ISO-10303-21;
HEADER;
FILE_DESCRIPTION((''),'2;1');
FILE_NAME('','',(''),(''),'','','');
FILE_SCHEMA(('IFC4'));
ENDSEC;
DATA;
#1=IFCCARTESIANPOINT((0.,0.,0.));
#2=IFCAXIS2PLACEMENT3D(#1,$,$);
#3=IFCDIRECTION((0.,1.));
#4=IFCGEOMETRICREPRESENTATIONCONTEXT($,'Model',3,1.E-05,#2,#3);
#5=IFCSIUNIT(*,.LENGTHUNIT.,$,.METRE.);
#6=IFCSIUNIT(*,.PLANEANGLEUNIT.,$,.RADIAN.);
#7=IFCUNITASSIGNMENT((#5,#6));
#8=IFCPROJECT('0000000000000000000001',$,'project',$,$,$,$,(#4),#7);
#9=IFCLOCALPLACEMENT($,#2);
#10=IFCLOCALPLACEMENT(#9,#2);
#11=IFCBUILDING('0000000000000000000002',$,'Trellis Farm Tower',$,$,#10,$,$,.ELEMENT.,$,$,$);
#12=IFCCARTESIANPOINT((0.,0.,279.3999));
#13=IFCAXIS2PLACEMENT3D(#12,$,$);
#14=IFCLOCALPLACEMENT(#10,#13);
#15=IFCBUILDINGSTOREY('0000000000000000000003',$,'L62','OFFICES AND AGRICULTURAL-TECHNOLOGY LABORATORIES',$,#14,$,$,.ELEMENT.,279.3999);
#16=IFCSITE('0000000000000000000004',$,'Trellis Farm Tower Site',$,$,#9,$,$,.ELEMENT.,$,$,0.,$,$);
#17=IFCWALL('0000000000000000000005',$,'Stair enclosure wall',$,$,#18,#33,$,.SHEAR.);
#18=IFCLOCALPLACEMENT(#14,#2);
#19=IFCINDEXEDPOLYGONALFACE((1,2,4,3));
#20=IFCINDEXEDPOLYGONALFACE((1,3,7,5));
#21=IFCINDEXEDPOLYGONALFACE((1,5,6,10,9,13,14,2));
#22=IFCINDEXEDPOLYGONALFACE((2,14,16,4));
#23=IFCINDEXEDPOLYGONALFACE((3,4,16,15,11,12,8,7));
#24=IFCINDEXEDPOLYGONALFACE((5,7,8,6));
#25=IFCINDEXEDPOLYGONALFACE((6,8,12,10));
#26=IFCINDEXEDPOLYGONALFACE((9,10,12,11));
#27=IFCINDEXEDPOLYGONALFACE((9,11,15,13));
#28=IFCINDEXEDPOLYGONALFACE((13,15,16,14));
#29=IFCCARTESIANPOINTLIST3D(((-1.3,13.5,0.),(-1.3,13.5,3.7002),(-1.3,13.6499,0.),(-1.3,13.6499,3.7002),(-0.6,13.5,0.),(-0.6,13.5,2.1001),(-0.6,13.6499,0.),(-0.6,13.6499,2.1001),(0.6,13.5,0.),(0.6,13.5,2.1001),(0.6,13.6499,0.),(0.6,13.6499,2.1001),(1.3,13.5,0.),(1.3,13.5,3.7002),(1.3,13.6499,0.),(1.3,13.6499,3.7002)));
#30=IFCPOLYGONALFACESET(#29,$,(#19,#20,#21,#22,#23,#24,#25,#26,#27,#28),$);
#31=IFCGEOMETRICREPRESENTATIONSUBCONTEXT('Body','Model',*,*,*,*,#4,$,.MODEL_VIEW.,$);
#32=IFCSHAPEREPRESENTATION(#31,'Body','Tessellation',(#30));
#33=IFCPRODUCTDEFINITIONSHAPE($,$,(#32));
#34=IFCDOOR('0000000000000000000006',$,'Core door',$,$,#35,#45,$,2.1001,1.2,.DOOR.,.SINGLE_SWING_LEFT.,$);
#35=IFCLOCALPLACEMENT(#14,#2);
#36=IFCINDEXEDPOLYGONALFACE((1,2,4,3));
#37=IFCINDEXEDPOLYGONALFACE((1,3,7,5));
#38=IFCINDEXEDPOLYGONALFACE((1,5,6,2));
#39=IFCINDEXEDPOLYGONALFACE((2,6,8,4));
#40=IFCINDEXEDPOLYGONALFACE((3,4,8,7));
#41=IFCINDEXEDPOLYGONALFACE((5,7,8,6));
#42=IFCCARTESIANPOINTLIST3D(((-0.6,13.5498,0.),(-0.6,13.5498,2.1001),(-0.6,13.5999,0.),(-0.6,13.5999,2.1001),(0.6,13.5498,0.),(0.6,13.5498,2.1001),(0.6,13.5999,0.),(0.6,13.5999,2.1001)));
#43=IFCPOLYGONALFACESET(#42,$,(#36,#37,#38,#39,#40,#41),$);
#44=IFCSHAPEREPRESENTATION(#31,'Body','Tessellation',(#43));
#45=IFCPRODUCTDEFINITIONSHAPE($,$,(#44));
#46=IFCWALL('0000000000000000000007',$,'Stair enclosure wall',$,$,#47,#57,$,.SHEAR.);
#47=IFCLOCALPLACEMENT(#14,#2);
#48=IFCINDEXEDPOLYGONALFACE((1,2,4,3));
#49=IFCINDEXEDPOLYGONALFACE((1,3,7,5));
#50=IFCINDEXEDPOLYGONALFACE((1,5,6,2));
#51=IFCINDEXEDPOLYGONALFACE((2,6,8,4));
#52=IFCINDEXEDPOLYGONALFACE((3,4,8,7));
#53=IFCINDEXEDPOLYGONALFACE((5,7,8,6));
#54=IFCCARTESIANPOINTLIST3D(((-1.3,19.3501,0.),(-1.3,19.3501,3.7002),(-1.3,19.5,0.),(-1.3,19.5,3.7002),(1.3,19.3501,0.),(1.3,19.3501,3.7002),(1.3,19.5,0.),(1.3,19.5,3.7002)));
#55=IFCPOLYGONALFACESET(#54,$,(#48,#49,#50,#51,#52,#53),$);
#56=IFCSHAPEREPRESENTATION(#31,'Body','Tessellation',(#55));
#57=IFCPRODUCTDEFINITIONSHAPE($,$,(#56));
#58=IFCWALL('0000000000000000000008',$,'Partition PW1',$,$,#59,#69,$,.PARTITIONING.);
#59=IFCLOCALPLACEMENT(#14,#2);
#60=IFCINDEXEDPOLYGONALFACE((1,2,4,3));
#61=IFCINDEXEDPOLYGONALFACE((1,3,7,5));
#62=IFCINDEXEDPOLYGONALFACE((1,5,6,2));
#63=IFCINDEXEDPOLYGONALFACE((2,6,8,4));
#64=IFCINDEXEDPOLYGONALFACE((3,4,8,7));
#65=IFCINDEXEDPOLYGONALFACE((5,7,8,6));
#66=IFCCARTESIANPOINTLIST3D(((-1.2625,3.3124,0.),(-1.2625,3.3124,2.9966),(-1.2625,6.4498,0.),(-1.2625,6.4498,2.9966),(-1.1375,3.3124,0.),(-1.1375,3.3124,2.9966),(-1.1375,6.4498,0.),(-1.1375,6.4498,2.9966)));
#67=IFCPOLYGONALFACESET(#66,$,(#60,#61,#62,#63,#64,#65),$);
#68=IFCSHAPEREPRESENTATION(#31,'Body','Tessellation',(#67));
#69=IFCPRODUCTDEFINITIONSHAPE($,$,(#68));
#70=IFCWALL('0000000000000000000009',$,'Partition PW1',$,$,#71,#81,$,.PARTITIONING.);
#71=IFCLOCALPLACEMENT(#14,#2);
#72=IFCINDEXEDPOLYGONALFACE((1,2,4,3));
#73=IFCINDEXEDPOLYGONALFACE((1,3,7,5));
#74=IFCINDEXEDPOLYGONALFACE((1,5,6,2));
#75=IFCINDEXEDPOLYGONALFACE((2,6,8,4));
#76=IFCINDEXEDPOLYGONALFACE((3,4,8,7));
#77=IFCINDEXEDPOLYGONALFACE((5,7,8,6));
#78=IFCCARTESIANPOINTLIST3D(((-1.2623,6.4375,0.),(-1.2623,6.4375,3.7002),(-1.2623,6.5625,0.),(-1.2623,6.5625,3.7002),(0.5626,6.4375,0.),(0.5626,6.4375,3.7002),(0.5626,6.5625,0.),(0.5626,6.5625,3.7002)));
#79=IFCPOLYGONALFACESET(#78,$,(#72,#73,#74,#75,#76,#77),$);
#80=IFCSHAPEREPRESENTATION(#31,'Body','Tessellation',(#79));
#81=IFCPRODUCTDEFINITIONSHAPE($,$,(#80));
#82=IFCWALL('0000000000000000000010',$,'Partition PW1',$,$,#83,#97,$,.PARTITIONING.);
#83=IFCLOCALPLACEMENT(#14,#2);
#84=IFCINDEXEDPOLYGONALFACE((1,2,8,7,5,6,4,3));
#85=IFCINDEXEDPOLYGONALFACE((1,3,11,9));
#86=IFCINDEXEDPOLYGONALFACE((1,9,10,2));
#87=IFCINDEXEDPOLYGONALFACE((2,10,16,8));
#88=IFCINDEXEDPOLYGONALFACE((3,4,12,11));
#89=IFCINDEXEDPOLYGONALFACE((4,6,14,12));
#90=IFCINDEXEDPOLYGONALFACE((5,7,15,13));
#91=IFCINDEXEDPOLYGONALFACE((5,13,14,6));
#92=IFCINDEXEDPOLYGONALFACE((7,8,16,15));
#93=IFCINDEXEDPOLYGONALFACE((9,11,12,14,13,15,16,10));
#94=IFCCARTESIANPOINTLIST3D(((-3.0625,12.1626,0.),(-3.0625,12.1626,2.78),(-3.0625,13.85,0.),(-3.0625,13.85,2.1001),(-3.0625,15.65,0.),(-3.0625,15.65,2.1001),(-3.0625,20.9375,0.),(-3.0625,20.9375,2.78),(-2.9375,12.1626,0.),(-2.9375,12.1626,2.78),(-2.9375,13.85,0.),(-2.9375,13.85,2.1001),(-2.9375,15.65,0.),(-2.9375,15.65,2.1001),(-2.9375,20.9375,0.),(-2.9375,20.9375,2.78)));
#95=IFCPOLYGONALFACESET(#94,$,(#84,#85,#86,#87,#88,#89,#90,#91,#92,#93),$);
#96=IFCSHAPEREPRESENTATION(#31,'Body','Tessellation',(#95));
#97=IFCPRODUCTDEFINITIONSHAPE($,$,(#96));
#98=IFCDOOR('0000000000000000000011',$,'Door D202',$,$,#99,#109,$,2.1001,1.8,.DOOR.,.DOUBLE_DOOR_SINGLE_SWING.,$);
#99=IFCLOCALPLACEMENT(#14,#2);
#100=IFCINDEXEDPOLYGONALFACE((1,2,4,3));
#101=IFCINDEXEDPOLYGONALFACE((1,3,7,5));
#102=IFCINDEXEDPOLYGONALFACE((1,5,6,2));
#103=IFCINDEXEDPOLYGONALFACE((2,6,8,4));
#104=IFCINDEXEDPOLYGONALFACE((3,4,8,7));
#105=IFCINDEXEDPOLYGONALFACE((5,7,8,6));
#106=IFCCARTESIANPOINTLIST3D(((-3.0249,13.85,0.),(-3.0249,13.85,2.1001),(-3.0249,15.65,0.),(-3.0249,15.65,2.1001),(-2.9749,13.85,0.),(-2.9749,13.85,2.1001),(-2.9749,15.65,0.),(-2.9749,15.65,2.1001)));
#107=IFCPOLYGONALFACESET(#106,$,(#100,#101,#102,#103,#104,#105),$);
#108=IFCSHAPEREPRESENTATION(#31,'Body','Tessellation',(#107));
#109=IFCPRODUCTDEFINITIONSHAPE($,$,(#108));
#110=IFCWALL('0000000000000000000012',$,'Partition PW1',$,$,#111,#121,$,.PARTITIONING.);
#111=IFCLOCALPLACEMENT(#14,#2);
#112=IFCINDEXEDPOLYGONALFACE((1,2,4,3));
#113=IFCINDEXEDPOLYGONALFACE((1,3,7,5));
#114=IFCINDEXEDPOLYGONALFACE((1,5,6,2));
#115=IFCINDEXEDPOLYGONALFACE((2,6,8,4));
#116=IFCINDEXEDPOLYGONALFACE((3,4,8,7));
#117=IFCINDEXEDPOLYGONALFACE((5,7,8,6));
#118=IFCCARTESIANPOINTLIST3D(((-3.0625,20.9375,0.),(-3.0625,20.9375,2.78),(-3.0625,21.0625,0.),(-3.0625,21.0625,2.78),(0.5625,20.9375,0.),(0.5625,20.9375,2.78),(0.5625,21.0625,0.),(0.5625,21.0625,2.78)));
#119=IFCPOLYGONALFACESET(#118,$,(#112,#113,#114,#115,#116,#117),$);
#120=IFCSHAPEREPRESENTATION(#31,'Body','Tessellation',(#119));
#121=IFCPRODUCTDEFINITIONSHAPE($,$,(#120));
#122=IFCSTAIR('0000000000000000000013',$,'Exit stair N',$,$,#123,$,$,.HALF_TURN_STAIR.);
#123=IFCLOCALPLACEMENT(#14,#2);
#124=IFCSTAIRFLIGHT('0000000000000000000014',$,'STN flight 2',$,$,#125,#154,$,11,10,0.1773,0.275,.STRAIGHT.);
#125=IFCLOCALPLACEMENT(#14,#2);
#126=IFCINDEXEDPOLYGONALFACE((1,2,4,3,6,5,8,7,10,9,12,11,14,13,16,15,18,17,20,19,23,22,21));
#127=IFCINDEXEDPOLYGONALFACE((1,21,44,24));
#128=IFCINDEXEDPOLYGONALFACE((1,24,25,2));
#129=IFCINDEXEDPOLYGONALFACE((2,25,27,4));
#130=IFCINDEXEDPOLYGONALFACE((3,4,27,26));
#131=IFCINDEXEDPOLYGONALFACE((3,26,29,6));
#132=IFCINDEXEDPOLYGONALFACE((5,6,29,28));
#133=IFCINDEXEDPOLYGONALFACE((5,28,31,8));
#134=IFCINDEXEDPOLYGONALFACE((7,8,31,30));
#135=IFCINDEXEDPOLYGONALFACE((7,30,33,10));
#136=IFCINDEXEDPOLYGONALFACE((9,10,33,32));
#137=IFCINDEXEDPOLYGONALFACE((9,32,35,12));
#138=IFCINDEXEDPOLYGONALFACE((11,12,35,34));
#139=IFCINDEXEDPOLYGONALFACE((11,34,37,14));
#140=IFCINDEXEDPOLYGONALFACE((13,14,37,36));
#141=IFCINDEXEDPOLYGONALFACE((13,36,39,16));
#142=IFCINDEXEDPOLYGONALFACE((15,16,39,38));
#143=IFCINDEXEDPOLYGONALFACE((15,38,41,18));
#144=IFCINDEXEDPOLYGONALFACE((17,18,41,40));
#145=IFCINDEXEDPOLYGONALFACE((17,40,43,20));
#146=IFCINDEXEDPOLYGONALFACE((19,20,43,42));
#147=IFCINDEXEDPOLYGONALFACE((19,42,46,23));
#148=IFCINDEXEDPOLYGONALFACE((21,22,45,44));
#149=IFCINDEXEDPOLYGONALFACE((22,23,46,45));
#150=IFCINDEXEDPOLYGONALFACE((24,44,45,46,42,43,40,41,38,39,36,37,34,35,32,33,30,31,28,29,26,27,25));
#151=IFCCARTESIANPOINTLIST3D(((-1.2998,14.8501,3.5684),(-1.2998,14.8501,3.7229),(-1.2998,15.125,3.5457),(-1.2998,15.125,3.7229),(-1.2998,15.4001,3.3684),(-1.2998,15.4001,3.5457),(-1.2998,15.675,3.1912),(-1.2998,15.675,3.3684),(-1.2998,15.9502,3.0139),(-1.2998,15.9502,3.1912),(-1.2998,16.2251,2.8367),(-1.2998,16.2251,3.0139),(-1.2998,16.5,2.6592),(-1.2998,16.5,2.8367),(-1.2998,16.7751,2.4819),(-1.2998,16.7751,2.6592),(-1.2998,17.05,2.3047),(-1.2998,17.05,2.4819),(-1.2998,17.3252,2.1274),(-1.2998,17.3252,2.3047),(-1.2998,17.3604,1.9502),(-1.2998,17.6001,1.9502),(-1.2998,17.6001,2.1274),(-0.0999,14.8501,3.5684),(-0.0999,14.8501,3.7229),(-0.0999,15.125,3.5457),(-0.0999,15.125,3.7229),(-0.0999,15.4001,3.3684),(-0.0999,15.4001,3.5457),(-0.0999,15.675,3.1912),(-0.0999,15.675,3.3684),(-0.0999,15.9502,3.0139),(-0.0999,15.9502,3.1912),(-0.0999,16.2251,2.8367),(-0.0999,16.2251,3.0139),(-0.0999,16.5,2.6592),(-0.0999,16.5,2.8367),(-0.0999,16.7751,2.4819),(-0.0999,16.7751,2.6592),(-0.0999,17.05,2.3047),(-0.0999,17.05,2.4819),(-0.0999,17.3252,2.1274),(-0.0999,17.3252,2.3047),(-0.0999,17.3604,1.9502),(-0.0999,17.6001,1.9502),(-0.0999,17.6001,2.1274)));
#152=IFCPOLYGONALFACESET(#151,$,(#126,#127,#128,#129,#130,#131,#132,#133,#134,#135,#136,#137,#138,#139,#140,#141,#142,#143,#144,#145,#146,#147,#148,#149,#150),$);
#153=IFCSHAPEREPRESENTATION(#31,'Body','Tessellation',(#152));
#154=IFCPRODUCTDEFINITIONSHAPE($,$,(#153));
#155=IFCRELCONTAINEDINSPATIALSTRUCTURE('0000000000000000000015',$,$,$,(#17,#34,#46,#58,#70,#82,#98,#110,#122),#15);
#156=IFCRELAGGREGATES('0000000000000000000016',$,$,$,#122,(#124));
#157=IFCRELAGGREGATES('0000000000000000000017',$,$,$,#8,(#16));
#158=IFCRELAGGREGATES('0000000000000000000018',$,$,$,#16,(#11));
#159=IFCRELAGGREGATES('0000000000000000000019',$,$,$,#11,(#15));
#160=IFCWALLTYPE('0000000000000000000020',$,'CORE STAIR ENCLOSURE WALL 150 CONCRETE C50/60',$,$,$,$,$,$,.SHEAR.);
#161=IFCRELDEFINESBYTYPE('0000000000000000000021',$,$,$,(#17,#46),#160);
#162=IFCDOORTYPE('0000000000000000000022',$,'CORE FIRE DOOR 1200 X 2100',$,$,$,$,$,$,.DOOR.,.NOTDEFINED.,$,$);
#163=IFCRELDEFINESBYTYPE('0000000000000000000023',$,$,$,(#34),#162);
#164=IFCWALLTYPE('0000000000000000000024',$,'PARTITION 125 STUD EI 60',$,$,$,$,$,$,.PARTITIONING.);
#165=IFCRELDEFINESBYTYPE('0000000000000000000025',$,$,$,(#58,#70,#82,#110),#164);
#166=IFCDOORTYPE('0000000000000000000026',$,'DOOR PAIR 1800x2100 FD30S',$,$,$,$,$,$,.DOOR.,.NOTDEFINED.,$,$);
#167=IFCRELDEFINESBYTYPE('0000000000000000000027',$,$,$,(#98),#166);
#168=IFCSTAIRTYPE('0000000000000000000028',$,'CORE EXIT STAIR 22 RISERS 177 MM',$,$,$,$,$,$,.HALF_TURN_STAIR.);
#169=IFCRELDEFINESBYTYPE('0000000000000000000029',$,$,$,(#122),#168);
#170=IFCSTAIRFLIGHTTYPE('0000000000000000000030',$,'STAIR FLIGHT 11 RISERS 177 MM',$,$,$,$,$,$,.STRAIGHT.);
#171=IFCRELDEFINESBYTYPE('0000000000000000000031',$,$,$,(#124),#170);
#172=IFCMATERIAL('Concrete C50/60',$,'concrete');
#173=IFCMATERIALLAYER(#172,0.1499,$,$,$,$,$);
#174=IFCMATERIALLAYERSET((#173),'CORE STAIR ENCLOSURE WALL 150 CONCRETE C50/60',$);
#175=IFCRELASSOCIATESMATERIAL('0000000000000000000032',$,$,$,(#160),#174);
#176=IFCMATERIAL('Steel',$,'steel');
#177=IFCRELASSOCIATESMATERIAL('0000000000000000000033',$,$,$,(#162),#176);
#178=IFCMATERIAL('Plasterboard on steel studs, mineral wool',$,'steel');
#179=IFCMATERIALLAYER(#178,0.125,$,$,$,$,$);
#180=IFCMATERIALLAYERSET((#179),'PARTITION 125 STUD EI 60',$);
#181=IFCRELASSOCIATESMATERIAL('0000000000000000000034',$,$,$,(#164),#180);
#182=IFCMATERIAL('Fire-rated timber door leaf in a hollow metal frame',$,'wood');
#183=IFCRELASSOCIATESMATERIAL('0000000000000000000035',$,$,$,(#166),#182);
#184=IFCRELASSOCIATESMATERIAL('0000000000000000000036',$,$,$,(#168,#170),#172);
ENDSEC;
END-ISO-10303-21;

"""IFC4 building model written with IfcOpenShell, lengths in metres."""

from ifc_helpers import new_model, si_unit, direction, frame, frame_2d, origin, place, context, subcontext, project, spatial, polyline, rectangle, outline, extrude, source, transform, mapped, material, layer, layer_set, type_object, element, fill, aggregate, save


model = new_model("IFC4")

# Units and contexts
model_context = context("Model", 3, precision=1e-05, world=origin(), true_north=direction((0.0, 1.0)))
body_context = subcontext(model_context, "Body", "Model", "MODEL_VIEW")
ifc_project = project(units=[si_unit("LENGTHUNIT", "METRE"), si_unit("PLANEANGLEUNIT", "RADIAN")], contexts=[model_context])

# Site, building, storey
site_placement = place(None, origin())
site = spatial("IfcSite", under=ifc_project, at=site_placement, Name="Trellis Farm Tower Site", CompositionType="ELEMENT", RefElevation=0.0)
building_placement = place(site_placement, origin())
building = spatial("IfcBuilding", under=site, at=building_placement, Name="Trellis Farm Tower", CompositionType="ELEMENT")
storey_placement = place(building_placement, frame((0.0, 0.0, 279.3999)))
storey = spatial("IfcBuildingStorey", under=building, at=storey_placement, Name="L62", Description="OFFICES AND AGRICULTURAL-TECHNOLOGY LABORATORIES", CompositionType="ELEMENT", Elevation=279.3999)

# Shared definitions
placement_1 = place(storey_placement, origin())

# Shared definitions
ifc_material_1 = material(Name="Concrete C50/60", Category="concrete")

# Wall, opening, door
ifc_layer_1 = layer(ifc_material_1, 0.1499)
ifc_layer_set_1 = layer_set([ifc_layer_1], Name="CORE STAIR ENCLOSURE WALL 150 CONCRETE C50/60")
wall_type_1 = type_object("IfcWallType", Name="CORE STAIR ENCLOSURE WALL 150 CONCRETE C50/60", PredefinedType="SHEAR", material=ifc_layer_set_1)
shared_shape_1 = source(origin(), body_context, "Body", "SweptSolid", [
    extrude(rectangle(XDim=2.6001, YDim=0.1499, at=frame_2d((1.3, 0.0))), origin(), (0.0, 0.0, 1.0), 3.7002),
])
wall_1_placement = place(storey_placement, frame((-1.3, 13.575, 0.0), z_axis=(0.0, 0.0, 1.0), x_axis=(1.0, 0.0, 0.0)))
wall_1 = element("IfcWall", 1, at=wall_1_placement, inside=storey, type_object=wall_type_1, Name="Stair enclosure wall", PredefinedType="SHEAR", context=body_context, shape_type="MappedRepresentation", body=[
    mapped(shared_shape_1, transform((0.0, 0.0, 0.0))),
])
shared_shape_2 = source(origin(), body_context, "Body", "SweptSolid", [
    extrude(rectangle(XDim=1.2, YDim=2.1001, at=frame_2d((0.6001, 1.05))), frame((0.0, 0.085, 0.0), z_axis=(0.0, -1.0, 0.0), x_axis=(1.0, 0.0, 0.0)), (0.0, 0.0, 1.0), 0.1699),
])
opening_1_placement = place(wall_1_placement, frame((0.7, 0.0, 0.0)))
opening_1 = element("IfcOpeningElement", 2, at=opening_1_placement, cuts=wall_1, PredefinedType="OPENING", context=body_context, shape_type="MappedRepresentation", body=[
    mapped(shared_shape_2, transform((0.0, 0.0, 0.0))),
])
ifc_material_2 = material(Name="Steel", Category="steel")
door_type_1 = type_object("IfcDoorType", Name="CORE FIRE DOOR 1200 X 2100", OperationType="NOTDEFINED", PredefinedType="DOOR", material=ifc_material_2)
shared_shape_3 = source(origin(), body_context, "Body", "SweptSolid", [
    extrude(rectangle(XDim=1.2, YDim=2.1001, at=frame_2d((0.6001, 1.05))), frame((0.0, 0.0249, 0.0), z_axis=(0.0, -1.0, 0.0), x_axis=(1.0, 0.0, 0.0)), (0.0, 0.0, 1.0), 0.05),
])
door_1_placement = place(opening_1_placement, origin())
door_1 = element("IfcDoor", 3, at=door_1_placement, inside=storey, type_object=door_type_1, Name="Core door", OperationType="SINGLE_SWING_LEFT", OverallHeight=2.1001, OverallWidth=1.2, PredefinedType="DOOR", context=body_context, shape_type="MappedRepresentation", body=[
    mapped(shared_shape_3, transform((0.0, 0.0, 0.0))),
])
fill(opening_1, door_1)

# Walls
wall_2_placement = place(storey_placement, frame((-1.3, 19.425, 0.0), z_axis=(0.0, 0.0, 1.0), x_axis=(1.0, 0.0, 0.0)))
element("IfcWall", 4, at=wall_2_placement, inside=storey, type_object=wall_type_1, Name="Stair enclosure wall", PredefinedType="SHEAR", context=body_context, shape_type="MappedRepresentation", body=[
    mapped(shared_shape_1, transform((0.0, 0.0, 0.0))),
])
ifc_material_3 = material(Name="Plasterboard on steel studs, mineral wool", Category="steel")
ifc_layer_2 = layer(ifc_material_3, 0.125)
ifc_layer_set_2 = layer_set([ifc_layer_2], Name="PARTITION 125 STUD EI 60")
wall_type_2 = type_object("IfcWallType", Name="PARTITION 125 STUD EI 60", PredefinedType="PARTITIONING", material=ifc_layer_set_2)
shared_shape_4 = source(origin(), body_context, "Body", "SweptSolid", [
    extrude(rectangle(XDim=3.1375, YDim=0.125, at=frame_2d((1.5688, 0.0))), origin(), (0.0, 0.0, 1.0), 2.9966),
])
wall_3_placement = place(storey_placement, frame((-1.2, 6.45, 0.0), z_axis=(0.0, 0.0, 1.0), x_axis=(0.0, -1.0, 0.0)))
element("IfcWall", 5, at=wall_3_placement, inside=storey, type_object=wall_type_2, Name="Partition PW1", PredefinedType="PARTITIONING", context=body_context, shape_type="MappedRepresentation", body=[
    mapped(shared_shape_4, transform((0.0, 0.0, 0.0))),
])
shared_shape_5 = source(origin(), body_context, "Body", "SweptSolid", [
    extrude(rectangle(XDim=1.825, YDim=0.125, at=frame_2d((0.9126, 0.0))), origin(), (0.0, 0.0, 1.0), 3.7002),
])
wall_4_placement = place(storey_placement, frame((-1.2625, 6.5, 0.0), z_axis=(0.0, 0.0, 1.0), x_axis=(1.0, 0.0, 0.0)))
element("IfcWall", 6, at=wall_4_placement, inside=storey, type_object=wall_type_2, Name="Partition PW1", PredefinedType="PARTITIONING", context=body_context, shape_type="MappedRepresentation", body=[
    mapped(shared_shape_5, transform((0.0, 0.0, 0.0))),
])

# Wall, opening, door
shared_shape_6 = source(origin(), body_context, "Body", "SweptSolid", [
    extrude(rectangle(XDim=8.7749, YDim=0.125, at=frame_2d((4.3875, 0.0))), origin(), (0.0, 0.0, 1.0), 2.78),
])
wall_5_placement = place(storey_placement, frame((-3.0, 12.1626, 0.0), z_axis=(0.0, 0.0, 1.0), x_axis=(0.0, 1.0, 0.0)))
wall_5 = element("IfcWall", 7, at=wall_5_placement, inside=storey, type_object=wall_type_2, Name="Partition PW1", PredefinedType="PARTITIONING", context=body_context, shape_type="MappedRepresentation", body=[
    mapped(shared_shape_6, transform((0.0, 0.0, 0.0))),
])
shared_shape_7 = source(origin(), body_context, "Body", "SweptSolid", [
    extrude(rectangle(XDim=1.8, YDim=2.1001, at=frame_2d((0.8999, 1.05))), frame((0.0, 0.0725, 0.0), z_axis=(0.0, -1.0, 0.0), x_axis=(1.0, 0.0, 0.0)), (0.0, 0.0, 1.0), 0.145),
])
opening_2_placement = place(wall_5_placement, frame((1.6875, 0.0, 0.0)))
opening_2 = element("IfcOpeningElement", 8, at=opening_2_placement, cuts=wall_5, PredefinedType="OPENING", context=body_context, shape_type="MappedRepresentation", body=[
    mapped(shared_shape_7, transform((0.0, 0.0, 0.0))),
])
ifc_material_4 = material(Name="Fire-rated timber door leaf in a hollow metal frame", Category="wood")
door_type_2 = type_object("IfcDoorType", Name="DOOR PAIR 1800x2100 FD30S", OperationType="NOTDEFINED", PredefinedType="DOOR", material=ifc_material_4)
shared_shape_8 = source(origin(), body_context, "Body", "SweptSolid", [
    extrude(rectangle(XDim=1.8, YDim=2.1001, at=frame_2d((0.8999, 1.05))), frame((0.0, 0.0249, 0.0), z_axis=(0.0, -1.0, 0.0), x_axis=(1.0, 0.0, 0.0)), (0.0, 0.0, 1.0), 0.05),
])
door_2_placement = place(opening_2_placement, origin())
door_2 = element("IfcDoor", 9, at=door_2_placement, inside=storey, type_object=door_type_2, Name="Door D202", OperationType="DOUBLE_DOOR_SINGLE_SWING", OverallHeight=2.1001, OverallWidth=1.8, PredefinedType="DOOR", context=body_context, shape_type="MappedRepresentation", body=[
    mapped(shared_shape_8, transform((0.0, 0.0, 0.0))),
])
fill(opening_2, door_2)

# Wall
shared_shape_9 = source(origin(), body_context, "Body", "SweptSolid", [
    extrude(rectangle(XDim=3.625, YDim=0.125, at=frame_2d((1.8125, 0.0))), origin(), (0.0, 0.0, 1.0), 2.78),
])
wall_6_placement = place(storey_placement, frame((-3.0625, 21.0, 0.0), z_axis=(0.0, 0.0, 1.0), x_axis=(1.0, 0.0, 0.0)))
element("IfcWall", 10, at=wall_6_placement, inside=storey, type_object=wall_type_2, Name="Partition PW1", PredefinedType="PARTITIONING", context=body_context, shape_type="MappedRepresentation", body=[
    mapped(shared_shape_9, transform((0.0, 0.0, 0.0))),
])

# Stair, stair flight
stair_type = type_object("IfcStairType", Name="CORE EXIT STAIR 22 RISERS 177 MM", PredefinedType="HALF_TURN_STAIR", material=ifc_material_1)
stair = element("IfcStair", 11, at=placement_1, inside=storey, type_object=stair_type, Name="Exit stair N", PredefinedType="HALF_TURN_STAIR")
stair_flight_type = type_object("IfcStairFlightType", Name="STAIR FLIGHT 11 RISERS 177 MM", PredefinedType="STRAIGHT", material=ifc_material_1)
shared_shape_10 = source(origin(), body_context, "Body", "SweptSolid", [
    extrude(outline(polyline([(0.0, 0.0), (0.0, 0.1772), (0.2749, 0.1772), (0.2749, 0.3545), (0.55, 0.3545), (0.55, 0.5317), (0.825, 0.5317), (0.825, 0.709), (1.1001, 0.709), (1.1001, 0.8865), (1.375, 0.8865), (1.375, 1.0637), (1.6499, 1.0637), (1.6499, 1.241), (1.925, 1.241), (1.925, 1.4182), (2.2, 1.4182), (2.2, 1.5955), (2.4751, 1.5955), (2.4751, 1.7727), (2.75, 1.7727), (2.75, 1.95), (2.75, 1.6182), (0.2397, 0.0), (0.0, 0.0)])), frame((0.0, 0.6001, 0.0), z_axis=(0.0, -1.0, 0.0), x_axis=(1.0, 0.0, 0.0)), (0.0, 0.0, 1.0), 1.2),
])
stair_flight_placement = place(storey_placement, frame((-0.7, 17.6001, 1.9502), z_axis=(0.0, 0.0, 1.0), x_axis=(0.0, -1.0, 0.0)))
stair_flight = element("IfcStairFlight", 12, at=stair_flight_placement, type_object=stair_flight_type, Name="STN flight 2", NumberOfRisers=11, NumberOfTreads=10, PredefinedType="STRAIGHT", RiserHeight=0.1773, TreadLength=0.275, context=body_context, shape_type="MappedRepresentation", body=[
    mapped(shared_shape_10, transform((0.0, 0.0, 0.0))),
])
aggregate(stair, [stair_flight])

save(model, "model.ifc")
